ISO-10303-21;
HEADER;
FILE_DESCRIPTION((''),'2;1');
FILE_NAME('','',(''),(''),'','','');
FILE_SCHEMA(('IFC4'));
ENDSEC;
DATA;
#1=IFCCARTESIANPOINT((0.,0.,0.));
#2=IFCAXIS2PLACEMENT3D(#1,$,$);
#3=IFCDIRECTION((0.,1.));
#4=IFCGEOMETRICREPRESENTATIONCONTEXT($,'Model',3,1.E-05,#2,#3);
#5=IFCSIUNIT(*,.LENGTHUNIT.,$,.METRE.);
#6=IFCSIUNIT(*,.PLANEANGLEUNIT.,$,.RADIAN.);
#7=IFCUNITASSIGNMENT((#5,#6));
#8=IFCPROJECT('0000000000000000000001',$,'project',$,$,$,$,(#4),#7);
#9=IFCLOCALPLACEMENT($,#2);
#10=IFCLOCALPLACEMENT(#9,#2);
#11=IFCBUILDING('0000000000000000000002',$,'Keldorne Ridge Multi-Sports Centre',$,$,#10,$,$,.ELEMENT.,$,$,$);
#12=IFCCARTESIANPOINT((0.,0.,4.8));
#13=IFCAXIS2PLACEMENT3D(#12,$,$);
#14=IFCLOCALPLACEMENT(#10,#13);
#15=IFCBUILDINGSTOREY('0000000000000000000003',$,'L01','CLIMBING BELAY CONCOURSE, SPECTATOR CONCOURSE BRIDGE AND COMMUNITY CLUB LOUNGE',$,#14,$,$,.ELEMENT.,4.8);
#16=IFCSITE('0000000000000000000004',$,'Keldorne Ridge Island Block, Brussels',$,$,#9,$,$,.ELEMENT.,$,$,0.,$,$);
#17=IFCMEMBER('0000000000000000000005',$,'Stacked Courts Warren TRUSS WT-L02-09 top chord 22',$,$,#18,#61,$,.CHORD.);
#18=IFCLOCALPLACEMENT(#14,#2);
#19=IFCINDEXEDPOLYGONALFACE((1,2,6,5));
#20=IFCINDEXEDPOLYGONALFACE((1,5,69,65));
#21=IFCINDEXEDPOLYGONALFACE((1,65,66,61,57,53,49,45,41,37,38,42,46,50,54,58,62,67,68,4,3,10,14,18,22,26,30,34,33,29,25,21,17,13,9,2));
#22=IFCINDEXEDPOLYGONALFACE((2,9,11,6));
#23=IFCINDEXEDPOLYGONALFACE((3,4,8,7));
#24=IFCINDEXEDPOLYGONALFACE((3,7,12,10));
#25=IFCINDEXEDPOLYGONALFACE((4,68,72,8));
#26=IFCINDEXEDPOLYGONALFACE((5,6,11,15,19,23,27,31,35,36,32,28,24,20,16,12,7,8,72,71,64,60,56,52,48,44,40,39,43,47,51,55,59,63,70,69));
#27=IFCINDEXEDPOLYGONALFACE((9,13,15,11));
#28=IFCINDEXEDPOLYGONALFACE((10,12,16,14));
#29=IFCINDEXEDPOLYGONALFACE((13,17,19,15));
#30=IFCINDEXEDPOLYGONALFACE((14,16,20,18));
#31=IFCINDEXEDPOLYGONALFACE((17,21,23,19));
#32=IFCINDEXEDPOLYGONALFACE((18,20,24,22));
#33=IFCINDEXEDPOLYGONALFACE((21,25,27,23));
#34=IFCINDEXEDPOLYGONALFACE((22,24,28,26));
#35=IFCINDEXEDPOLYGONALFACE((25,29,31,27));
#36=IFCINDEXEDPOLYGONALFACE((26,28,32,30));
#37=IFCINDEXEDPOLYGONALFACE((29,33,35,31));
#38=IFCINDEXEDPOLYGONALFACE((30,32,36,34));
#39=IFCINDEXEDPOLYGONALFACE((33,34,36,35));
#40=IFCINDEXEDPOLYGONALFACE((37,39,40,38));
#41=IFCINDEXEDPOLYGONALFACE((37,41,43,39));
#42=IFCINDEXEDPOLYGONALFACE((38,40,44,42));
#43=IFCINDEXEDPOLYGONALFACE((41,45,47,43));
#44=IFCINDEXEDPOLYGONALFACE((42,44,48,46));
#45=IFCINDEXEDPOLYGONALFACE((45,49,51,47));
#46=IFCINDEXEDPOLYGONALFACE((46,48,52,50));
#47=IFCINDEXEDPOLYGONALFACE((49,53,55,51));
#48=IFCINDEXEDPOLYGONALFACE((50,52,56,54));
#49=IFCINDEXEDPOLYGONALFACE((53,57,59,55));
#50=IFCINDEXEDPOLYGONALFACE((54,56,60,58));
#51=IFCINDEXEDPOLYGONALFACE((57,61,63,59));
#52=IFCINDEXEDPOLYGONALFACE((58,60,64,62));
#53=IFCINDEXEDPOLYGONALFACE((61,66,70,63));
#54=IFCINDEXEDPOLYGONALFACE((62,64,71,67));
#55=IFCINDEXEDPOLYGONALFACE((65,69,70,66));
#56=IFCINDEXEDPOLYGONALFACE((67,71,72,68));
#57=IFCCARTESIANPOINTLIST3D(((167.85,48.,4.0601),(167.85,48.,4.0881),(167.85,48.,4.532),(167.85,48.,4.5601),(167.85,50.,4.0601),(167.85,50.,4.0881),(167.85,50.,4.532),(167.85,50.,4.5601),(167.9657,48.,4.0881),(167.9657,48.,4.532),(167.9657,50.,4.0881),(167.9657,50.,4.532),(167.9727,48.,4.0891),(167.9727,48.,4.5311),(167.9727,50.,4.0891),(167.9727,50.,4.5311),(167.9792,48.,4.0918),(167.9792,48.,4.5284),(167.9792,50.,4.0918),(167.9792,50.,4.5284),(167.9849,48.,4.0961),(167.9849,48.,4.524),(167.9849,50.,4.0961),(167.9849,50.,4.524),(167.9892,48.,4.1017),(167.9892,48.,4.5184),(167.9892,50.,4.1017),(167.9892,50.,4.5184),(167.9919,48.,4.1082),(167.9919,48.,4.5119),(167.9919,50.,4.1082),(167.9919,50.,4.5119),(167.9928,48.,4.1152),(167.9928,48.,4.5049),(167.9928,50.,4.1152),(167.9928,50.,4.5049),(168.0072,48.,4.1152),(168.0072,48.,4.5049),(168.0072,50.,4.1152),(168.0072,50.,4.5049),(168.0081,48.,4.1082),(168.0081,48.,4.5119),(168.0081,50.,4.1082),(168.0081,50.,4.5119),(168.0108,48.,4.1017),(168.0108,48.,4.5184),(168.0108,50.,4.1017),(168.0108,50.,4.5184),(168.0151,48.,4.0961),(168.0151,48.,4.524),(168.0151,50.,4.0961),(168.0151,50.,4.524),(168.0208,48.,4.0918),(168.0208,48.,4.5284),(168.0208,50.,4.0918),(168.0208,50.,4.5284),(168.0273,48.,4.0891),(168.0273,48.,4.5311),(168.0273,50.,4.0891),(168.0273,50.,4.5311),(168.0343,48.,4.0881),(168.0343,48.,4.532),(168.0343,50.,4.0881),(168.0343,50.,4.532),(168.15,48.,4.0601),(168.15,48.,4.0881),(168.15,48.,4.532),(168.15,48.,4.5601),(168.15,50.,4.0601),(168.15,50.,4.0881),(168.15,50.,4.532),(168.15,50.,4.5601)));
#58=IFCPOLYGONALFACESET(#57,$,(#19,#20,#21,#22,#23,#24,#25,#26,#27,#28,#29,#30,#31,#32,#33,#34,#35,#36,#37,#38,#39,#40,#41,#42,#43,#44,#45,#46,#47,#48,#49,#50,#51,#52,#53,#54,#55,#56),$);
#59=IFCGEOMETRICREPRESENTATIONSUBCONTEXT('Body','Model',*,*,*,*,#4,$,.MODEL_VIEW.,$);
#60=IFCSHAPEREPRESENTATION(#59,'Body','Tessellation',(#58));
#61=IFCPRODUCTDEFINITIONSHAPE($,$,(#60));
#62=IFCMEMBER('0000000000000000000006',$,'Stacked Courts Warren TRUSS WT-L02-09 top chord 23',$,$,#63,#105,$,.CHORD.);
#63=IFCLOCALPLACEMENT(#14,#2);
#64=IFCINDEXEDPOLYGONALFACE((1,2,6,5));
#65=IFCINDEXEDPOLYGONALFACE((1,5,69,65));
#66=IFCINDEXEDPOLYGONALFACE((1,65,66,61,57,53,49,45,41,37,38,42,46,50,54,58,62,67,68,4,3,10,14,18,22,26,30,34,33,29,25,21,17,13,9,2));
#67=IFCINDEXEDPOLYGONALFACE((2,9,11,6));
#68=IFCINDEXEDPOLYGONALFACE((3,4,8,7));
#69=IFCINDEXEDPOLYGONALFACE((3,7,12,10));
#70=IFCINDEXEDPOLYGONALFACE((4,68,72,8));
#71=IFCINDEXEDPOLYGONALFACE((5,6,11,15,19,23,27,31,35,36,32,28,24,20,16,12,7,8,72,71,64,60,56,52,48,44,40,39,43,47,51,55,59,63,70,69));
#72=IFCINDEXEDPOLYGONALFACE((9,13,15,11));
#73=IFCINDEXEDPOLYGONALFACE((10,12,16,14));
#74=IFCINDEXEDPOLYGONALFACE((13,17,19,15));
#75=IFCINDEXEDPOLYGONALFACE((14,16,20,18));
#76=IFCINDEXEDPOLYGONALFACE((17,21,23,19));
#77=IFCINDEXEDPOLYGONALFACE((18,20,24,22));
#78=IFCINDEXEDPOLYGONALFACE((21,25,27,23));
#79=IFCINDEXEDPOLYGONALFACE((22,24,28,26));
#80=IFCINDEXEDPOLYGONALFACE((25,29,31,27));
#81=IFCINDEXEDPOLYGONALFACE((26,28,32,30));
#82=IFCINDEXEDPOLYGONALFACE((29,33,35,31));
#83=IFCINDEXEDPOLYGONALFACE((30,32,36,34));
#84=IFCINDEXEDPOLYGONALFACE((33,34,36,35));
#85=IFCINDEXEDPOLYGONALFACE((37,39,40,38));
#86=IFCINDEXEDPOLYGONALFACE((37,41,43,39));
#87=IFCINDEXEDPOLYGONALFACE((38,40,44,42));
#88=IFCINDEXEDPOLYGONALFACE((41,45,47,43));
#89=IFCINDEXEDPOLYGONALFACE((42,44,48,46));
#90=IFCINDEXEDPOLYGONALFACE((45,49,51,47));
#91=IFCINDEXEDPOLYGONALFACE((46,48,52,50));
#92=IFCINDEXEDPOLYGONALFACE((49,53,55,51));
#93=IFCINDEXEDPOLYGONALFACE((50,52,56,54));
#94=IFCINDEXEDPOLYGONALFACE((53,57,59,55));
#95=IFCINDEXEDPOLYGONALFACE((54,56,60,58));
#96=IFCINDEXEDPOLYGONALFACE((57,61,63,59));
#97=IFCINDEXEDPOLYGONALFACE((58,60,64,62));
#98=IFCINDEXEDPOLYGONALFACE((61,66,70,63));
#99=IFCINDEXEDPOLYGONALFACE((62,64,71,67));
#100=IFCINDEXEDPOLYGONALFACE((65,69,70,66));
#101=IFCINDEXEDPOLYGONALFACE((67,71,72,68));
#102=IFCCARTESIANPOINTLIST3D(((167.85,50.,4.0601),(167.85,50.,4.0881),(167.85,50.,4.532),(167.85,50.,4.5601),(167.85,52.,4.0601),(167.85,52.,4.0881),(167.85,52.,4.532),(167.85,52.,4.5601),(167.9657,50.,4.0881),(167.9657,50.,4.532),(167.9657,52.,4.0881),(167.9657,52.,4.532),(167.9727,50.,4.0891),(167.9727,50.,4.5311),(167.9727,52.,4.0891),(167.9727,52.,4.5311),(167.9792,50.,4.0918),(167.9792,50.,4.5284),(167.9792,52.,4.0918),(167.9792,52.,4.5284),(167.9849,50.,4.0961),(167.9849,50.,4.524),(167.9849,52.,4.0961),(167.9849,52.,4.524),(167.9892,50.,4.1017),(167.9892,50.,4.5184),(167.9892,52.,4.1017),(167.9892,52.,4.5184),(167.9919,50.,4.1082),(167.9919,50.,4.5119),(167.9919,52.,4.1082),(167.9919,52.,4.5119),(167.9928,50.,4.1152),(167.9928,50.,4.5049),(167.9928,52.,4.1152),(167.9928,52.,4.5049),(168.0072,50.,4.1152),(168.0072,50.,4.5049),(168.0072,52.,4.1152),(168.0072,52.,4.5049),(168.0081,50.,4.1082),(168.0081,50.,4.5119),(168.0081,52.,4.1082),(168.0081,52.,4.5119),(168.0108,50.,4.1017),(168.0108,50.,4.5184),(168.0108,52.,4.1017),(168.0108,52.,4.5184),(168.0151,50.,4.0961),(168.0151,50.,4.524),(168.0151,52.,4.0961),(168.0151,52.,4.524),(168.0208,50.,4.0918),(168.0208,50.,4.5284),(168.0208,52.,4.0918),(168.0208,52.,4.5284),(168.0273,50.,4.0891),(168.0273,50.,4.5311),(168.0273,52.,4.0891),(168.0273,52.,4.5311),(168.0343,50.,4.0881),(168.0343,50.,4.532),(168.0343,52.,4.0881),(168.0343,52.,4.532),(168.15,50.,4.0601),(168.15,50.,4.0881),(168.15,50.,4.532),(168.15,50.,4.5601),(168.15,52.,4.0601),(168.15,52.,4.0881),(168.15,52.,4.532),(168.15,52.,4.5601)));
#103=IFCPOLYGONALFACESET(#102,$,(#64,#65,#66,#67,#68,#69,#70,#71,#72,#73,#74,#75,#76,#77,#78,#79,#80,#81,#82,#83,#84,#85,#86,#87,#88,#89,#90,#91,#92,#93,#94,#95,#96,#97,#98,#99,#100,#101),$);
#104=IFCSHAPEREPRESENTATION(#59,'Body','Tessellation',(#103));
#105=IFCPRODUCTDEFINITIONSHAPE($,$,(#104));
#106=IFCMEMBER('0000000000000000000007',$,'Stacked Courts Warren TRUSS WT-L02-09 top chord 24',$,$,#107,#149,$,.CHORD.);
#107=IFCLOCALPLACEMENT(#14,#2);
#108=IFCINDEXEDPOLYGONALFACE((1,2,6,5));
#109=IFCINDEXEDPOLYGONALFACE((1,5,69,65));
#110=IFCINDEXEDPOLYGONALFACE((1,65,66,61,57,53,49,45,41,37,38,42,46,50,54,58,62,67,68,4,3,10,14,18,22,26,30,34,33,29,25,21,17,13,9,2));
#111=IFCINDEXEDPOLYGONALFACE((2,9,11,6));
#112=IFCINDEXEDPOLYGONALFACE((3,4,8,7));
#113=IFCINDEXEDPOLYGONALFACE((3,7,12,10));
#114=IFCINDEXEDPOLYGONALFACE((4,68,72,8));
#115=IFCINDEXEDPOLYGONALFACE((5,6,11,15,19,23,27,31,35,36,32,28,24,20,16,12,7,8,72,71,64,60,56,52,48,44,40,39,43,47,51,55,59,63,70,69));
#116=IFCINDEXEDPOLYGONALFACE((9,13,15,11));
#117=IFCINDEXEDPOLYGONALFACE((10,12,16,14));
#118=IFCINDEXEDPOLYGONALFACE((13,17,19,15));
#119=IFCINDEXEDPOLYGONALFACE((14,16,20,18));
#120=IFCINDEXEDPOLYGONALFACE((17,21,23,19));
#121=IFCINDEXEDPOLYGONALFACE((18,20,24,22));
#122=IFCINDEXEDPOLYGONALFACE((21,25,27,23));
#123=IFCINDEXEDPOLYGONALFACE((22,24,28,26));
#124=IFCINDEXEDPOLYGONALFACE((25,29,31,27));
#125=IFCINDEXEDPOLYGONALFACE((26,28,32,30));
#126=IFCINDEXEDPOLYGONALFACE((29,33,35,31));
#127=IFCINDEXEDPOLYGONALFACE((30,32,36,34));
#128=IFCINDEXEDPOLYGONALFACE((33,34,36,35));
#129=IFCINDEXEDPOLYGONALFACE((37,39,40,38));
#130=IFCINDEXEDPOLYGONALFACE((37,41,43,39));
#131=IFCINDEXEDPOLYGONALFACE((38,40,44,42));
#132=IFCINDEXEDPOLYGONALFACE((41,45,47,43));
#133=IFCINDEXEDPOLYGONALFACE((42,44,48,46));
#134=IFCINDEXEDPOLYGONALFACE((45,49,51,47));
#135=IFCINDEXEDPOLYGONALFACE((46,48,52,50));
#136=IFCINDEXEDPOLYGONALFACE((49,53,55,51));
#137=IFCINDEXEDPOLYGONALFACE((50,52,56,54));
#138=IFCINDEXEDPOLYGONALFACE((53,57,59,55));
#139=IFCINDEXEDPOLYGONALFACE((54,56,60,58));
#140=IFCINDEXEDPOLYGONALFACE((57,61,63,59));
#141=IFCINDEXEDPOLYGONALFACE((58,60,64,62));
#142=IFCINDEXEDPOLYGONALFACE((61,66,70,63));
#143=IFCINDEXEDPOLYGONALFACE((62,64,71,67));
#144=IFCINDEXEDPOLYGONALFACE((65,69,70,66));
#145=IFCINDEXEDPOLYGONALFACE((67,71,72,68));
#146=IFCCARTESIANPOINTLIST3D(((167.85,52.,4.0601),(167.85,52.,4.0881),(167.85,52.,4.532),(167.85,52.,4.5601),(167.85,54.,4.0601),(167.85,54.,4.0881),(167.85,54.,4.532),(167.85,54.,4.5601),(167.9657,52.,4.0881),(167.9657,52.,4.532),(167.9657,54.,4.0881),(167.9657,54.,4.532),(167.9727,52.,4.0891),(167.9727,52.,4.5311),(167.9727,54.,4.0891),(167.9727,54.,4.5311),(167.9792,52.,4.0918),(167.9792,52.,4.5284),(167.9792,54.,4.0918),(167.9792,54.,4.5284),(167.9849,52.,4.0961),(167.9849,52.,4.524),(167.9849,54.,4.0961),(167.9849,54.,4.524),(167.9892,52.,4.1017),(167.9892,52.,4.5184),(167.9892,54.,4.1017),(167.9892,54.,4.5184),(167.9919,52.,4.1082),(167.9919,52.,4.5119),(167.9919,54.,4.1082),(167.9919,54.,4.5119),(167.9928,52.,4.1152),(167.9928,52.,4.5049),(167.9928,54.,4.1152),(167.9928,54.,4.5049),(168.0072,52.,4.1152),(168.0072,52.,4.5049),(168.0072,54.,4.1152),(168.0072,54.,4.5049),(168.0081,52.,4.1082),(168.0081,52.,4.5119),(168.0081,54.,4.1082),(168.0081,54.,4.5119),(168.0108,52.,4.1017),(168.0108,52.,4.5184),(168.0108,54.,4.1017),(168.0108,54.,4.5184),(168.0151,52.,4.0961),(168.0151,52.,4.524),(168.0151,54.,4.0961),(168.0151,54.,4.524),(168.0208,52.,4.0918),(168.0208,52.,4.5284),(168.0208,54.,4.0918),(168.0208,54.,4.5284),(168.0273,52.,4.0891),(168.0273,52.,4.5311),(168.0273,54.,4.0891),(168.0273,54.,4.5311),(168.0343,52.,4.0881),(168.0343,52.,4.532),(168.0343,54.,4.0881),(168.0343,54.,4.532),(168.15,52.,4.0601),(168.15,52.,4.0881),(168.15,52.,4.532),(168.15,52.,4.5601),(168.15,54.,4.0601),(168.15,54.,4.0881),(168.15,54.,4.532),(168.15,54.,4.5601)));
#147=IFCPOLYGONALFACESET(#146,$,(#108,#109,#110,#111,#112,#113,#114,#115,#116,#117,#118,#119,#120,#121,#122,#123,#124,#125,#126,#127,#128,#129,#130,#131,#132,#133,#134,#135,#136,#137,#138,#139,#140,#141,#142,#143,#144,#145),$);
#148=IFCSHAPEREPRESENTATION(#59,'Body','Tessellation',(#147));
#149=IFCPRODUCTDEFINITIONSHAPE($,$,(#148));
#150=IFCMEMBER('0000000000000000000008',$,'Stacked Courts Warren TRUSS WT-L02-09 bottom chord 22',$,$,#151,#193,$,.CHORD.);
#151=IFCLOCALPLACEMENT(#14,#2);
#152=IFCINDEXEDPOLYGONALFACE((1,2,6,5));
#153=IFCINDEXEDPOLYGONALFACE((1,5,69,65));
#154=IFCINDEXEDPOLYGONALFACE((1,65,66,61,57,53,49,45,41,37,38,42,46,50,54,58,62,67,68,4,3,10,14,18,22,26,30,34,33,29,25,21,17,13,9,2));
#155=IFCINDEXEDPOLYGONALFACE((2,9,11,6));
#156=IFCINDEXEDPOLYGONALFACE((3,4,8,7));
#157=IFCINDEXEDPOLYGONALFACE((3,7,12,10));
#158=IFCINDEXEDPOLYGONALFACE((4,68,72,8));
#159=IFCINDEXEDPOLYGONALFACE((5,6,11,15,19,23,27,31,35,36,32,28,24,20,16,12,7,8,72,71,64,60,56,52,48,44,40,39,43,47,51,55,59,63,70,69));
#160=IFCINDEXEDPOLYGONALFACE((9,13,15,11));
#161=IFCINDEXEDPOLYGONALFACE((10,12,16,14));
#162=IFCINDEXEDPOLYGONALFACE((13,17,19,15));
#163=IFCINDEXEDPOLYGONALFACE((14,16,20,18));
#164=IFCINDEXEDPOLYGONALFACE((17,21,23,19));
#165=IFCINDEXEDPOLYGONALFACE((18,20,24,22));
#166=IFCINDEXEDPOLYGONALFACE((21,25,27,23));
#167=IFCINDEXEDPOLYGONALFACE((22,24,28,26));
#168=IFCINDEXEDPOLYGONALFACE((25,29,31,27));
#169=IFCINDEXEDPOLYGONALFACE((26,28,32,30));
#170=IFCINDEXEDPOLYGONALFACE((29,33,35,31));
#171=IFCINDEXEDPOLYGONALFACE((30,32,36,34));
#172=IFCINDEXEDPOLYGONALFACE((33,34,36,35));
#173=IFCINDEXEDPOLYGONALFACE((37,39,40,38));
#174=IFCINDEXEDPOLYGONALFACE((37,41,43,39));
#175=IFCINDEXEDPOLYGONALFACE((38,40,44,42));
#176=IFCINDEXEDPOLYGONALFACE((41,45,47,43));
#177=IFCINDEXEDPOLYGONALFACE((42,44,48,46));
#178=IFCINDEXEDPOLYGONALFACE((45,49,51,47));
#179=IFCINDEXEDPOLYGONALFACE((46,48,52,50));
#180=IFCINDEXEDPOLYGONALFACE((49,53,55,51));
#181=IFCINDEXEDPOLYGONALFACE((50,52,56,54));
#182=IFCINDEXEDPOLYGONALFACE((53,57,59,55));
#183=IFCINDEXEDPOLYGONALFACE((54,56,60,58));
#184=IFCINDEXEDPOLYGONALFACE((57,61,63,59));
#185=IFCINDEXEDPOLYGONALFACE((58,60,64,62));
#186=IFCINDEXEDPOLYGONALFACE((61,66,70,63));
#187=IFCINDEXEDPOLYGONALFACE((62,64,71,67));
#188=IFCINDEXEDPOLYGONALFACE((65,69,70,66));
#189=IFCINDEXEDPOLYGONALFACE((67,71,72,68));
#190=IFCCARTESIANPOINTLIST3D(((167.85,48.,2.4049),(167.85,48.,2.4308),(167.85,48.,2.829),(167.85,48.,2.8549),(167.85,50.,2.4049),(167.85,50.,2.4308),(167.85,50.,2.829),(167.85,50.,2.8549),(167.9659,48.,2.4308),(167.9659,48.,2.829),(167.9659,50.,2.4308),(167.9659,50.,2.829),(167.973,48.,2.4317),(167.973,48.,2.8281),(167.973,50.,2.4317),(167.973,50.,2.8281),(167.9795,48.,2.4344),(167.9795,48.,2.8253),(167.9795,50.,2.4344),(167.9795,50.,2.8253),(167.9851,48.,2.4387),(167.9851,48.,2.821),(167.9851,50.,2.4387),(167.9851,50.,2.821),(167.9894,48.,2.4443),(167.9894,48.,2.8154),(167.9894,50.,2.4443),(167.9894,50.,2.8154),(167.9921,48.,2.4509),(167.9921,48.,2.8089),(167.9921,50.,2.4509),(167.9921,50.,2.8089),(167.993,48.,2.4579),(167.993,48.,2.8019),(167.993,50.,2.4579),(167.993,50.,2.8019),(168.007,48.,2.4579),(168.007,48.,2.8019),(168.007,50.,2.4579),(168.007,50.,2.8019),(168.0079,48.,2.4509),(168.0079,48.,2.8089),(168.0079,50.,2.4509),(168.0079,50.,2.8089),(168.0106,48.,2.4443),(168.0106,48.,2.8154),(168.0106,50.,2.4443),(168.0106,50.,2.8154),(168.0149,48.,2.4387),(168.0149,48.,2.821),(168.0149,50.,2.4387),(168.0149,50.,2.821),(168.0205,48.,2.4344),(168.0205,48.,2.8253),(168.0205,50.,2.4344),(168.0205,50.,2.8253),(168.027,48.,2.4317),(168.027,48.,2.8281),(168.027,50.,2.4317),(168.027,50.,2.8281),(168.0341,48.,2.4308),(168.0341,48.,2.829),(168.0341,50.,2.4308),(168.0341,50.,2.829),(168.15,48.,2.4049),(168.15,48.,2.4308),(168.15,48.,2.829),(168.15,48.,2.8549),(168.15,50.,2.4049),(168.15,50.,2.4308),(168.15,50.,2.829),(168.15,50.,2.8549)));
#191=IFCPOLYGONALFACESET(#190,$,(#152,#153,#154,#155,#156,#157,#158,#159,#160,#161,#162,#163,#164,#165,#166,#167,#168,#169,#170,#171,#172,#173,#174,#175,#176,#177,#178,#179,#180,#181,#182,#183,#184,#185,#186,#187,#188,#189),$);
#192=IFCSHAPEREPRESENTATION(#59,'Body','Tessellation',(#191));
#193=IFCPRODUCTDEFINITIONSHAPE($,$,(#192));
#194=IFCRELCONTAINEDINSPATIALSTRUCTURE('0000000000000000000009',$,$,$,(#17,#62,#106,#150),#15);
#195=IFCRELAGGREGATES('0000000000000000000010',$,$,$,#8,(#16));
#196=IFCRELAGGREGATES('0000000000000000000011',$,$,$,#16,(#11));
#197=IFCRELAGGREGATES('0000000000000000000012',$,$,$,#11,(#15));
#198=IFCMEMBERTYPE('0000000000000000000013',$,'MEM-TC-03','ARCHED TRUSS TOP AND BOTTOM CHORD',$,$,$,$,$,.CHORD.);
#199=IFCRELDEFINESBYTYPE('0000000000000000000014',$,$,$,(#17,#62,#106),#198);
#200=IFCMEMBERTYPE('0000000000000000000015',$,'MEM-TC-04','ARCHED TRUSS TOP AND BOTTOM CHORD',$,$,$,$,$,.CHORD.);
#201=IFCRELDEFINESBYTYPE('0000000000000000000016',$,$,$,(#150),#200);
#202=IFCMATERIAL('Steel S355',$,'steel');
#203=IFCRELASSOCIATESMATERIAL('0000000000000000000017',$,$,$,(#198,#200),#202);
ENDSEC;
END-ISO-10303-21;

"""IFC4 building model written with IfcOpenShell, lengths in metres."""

from ifc_helpers import new_model, si_unit, direction, frame, origin, origin_2d, place, context, subcontext, project, spatial, i_section, extrude, material, material_profile, profile_set, type_object, element, save


model = new_model("IFC4")

# Units and contexts
model_context = context("Model", 3, precision=1e-05, world=origin(), true_north=direction((0.0, 1.0)))
body_context = subcontext(model_context, "Body", "Model", "MODEL_VIEW")
ifc_project = project(units=[si_unit("LENGTHUNIT", "METRE"), si_unit("PLANEANGLEUNIT", "RADIAN")], contexts=[model_context])

# Site, building, storey
site_placement = place(None, origin())
site = spatial("IfcSite", under=ifc_project, at=site_placement, Name="Keldorne Ridge Island Block, Brussels", CompositionType="ELEMENT", RefElevation=0.0)
building_placement = place(site_placement, origin())
building = spatial("IfcBuilding", under=site, at=building_placement, Name="Keldorne Ridge Multi-Sports Centre", CompositionType="ELEMENT")
storey_placement = place(building_placement, frame((0.0, 0.0, 4.8)))
storey = spatial("IfcBuildingStorey", under=building, at=storey_placement, Name="L01", Description="CLIMBING BELAY CONCOURSE, SPECTATOR CONCOURSE BRIDGE AND COMMUNITY CLUB LOUNGE", CompositionType="ELEMENT", Elevation=4.8)

# Shared definitions
ifc_material_1 = material(Name="Steel S355", Category="steel")

# Members
ifc_material_profile_1 = material_profile(ifc_material_1, i_section(OverallWidth=0.3, OverallDepth=0.5, WebThickness=0.0144, FlangeThickness=0.0281, FilletRadius=0.0271, at=origin_2d()), Name="HEB 500")
ifc_profile_set_1 = profile_set([ifc_material_profile_1], Name="Steel S355")
member_type_1 = type_object("IfcMemberType", Name="MEM-TC-03", Description="ARCHED TRUSS TOP AND BOTTOM CHORD", PredefinedType="CHORD", material=ifc_profile_set_1)
for number, where, z_axis, x_axis, name in (
    (1, (168.0, 48.0, 4.3101), (0.0, 1.0, 0.0), (-1.0, 0.0, 0.0), "Stacked Courts Warren TRUSS WT-L02-09 top chord 22"),
    (2, (168.0, 50.0, 4.3101), (0.0, 1.0, 0.0), (-1.0, 0.0, 0.0), "Stacked Courts Warren TRUSS WT-L02-09 top chord 23"),
    (3, (168.0, 52.0, 4.3101), (0.0, 1.0, 0.0), (-1.0, 0.0, 0.0), "Stacked Courts Warren TRUSS WT-L02-09 top chord 24"),
):
    element("IfcMember", number, at=place(storey_placement, frame(where, z_axis=z_axis, x_axis=x_axis)), inside=storey, type_object=member_type_1, Name=name, PredefinedType="CHORD", context=body_context, shape_type="SweptSolid", body=[
        extrude(i_section(OverallWidth=0.3, OverallDepth=0.5, WebThickness=0.0144, FlangeThickness=0.0281, FilletRadius=0.0271, at=origin_2d()), origin(), (0.0, 0.0, 1.0), 2.0),
    ])
ifc_material_profile_2 = material_profile(ifc_material_1, i_section(OverallWidth=0.3, OverallDepth=0.45, WebThickness=0.0139, FlangeThickness=0.0259, FilletRadius=0.0271, at=origin_2d()), Name="HEB 450")
ifc_profile_set_2 = profile_set([ifc_material_profile_2], Name="Steel S355")
member_type_2 = type_object("IfcMemberType", Name="MEM-TC-04", Description="ARCHED TRUSS TOP AND BOTTOM CHORD", PredefinedType="CHORD", material=ifc_profile_set_2)
for number, where, z_axis, x_axis, name in (
    (4, (168.0, 48.0, 2.6299), (0.0, 1.0, 0.0), (-1.0, 0.0, 0.0), "Stacked Courts Warren TRUSS WT-L02-09 bottom chord 22"),
):
    element("IfcMember", number, at=place(storey_placement, frame(where, z_axis=z_axis, x_axis=x_axis)), inside=storey, type_object=member_type_2, Name=name, PredefinedType="CHORD", context=body_context, shape_type="SweptSolid", body=[
        extrude(i_section(OverallWidth=0.3, OverallDepth=0.45, WebThickness=0.0139, FlangeThickness=0.0259, FilletRadius=0.0271, at=origin_2d()), origin(), (0.0, 0.0, 1.0), 2.0),
    ])

save(model, "model.ifc")
